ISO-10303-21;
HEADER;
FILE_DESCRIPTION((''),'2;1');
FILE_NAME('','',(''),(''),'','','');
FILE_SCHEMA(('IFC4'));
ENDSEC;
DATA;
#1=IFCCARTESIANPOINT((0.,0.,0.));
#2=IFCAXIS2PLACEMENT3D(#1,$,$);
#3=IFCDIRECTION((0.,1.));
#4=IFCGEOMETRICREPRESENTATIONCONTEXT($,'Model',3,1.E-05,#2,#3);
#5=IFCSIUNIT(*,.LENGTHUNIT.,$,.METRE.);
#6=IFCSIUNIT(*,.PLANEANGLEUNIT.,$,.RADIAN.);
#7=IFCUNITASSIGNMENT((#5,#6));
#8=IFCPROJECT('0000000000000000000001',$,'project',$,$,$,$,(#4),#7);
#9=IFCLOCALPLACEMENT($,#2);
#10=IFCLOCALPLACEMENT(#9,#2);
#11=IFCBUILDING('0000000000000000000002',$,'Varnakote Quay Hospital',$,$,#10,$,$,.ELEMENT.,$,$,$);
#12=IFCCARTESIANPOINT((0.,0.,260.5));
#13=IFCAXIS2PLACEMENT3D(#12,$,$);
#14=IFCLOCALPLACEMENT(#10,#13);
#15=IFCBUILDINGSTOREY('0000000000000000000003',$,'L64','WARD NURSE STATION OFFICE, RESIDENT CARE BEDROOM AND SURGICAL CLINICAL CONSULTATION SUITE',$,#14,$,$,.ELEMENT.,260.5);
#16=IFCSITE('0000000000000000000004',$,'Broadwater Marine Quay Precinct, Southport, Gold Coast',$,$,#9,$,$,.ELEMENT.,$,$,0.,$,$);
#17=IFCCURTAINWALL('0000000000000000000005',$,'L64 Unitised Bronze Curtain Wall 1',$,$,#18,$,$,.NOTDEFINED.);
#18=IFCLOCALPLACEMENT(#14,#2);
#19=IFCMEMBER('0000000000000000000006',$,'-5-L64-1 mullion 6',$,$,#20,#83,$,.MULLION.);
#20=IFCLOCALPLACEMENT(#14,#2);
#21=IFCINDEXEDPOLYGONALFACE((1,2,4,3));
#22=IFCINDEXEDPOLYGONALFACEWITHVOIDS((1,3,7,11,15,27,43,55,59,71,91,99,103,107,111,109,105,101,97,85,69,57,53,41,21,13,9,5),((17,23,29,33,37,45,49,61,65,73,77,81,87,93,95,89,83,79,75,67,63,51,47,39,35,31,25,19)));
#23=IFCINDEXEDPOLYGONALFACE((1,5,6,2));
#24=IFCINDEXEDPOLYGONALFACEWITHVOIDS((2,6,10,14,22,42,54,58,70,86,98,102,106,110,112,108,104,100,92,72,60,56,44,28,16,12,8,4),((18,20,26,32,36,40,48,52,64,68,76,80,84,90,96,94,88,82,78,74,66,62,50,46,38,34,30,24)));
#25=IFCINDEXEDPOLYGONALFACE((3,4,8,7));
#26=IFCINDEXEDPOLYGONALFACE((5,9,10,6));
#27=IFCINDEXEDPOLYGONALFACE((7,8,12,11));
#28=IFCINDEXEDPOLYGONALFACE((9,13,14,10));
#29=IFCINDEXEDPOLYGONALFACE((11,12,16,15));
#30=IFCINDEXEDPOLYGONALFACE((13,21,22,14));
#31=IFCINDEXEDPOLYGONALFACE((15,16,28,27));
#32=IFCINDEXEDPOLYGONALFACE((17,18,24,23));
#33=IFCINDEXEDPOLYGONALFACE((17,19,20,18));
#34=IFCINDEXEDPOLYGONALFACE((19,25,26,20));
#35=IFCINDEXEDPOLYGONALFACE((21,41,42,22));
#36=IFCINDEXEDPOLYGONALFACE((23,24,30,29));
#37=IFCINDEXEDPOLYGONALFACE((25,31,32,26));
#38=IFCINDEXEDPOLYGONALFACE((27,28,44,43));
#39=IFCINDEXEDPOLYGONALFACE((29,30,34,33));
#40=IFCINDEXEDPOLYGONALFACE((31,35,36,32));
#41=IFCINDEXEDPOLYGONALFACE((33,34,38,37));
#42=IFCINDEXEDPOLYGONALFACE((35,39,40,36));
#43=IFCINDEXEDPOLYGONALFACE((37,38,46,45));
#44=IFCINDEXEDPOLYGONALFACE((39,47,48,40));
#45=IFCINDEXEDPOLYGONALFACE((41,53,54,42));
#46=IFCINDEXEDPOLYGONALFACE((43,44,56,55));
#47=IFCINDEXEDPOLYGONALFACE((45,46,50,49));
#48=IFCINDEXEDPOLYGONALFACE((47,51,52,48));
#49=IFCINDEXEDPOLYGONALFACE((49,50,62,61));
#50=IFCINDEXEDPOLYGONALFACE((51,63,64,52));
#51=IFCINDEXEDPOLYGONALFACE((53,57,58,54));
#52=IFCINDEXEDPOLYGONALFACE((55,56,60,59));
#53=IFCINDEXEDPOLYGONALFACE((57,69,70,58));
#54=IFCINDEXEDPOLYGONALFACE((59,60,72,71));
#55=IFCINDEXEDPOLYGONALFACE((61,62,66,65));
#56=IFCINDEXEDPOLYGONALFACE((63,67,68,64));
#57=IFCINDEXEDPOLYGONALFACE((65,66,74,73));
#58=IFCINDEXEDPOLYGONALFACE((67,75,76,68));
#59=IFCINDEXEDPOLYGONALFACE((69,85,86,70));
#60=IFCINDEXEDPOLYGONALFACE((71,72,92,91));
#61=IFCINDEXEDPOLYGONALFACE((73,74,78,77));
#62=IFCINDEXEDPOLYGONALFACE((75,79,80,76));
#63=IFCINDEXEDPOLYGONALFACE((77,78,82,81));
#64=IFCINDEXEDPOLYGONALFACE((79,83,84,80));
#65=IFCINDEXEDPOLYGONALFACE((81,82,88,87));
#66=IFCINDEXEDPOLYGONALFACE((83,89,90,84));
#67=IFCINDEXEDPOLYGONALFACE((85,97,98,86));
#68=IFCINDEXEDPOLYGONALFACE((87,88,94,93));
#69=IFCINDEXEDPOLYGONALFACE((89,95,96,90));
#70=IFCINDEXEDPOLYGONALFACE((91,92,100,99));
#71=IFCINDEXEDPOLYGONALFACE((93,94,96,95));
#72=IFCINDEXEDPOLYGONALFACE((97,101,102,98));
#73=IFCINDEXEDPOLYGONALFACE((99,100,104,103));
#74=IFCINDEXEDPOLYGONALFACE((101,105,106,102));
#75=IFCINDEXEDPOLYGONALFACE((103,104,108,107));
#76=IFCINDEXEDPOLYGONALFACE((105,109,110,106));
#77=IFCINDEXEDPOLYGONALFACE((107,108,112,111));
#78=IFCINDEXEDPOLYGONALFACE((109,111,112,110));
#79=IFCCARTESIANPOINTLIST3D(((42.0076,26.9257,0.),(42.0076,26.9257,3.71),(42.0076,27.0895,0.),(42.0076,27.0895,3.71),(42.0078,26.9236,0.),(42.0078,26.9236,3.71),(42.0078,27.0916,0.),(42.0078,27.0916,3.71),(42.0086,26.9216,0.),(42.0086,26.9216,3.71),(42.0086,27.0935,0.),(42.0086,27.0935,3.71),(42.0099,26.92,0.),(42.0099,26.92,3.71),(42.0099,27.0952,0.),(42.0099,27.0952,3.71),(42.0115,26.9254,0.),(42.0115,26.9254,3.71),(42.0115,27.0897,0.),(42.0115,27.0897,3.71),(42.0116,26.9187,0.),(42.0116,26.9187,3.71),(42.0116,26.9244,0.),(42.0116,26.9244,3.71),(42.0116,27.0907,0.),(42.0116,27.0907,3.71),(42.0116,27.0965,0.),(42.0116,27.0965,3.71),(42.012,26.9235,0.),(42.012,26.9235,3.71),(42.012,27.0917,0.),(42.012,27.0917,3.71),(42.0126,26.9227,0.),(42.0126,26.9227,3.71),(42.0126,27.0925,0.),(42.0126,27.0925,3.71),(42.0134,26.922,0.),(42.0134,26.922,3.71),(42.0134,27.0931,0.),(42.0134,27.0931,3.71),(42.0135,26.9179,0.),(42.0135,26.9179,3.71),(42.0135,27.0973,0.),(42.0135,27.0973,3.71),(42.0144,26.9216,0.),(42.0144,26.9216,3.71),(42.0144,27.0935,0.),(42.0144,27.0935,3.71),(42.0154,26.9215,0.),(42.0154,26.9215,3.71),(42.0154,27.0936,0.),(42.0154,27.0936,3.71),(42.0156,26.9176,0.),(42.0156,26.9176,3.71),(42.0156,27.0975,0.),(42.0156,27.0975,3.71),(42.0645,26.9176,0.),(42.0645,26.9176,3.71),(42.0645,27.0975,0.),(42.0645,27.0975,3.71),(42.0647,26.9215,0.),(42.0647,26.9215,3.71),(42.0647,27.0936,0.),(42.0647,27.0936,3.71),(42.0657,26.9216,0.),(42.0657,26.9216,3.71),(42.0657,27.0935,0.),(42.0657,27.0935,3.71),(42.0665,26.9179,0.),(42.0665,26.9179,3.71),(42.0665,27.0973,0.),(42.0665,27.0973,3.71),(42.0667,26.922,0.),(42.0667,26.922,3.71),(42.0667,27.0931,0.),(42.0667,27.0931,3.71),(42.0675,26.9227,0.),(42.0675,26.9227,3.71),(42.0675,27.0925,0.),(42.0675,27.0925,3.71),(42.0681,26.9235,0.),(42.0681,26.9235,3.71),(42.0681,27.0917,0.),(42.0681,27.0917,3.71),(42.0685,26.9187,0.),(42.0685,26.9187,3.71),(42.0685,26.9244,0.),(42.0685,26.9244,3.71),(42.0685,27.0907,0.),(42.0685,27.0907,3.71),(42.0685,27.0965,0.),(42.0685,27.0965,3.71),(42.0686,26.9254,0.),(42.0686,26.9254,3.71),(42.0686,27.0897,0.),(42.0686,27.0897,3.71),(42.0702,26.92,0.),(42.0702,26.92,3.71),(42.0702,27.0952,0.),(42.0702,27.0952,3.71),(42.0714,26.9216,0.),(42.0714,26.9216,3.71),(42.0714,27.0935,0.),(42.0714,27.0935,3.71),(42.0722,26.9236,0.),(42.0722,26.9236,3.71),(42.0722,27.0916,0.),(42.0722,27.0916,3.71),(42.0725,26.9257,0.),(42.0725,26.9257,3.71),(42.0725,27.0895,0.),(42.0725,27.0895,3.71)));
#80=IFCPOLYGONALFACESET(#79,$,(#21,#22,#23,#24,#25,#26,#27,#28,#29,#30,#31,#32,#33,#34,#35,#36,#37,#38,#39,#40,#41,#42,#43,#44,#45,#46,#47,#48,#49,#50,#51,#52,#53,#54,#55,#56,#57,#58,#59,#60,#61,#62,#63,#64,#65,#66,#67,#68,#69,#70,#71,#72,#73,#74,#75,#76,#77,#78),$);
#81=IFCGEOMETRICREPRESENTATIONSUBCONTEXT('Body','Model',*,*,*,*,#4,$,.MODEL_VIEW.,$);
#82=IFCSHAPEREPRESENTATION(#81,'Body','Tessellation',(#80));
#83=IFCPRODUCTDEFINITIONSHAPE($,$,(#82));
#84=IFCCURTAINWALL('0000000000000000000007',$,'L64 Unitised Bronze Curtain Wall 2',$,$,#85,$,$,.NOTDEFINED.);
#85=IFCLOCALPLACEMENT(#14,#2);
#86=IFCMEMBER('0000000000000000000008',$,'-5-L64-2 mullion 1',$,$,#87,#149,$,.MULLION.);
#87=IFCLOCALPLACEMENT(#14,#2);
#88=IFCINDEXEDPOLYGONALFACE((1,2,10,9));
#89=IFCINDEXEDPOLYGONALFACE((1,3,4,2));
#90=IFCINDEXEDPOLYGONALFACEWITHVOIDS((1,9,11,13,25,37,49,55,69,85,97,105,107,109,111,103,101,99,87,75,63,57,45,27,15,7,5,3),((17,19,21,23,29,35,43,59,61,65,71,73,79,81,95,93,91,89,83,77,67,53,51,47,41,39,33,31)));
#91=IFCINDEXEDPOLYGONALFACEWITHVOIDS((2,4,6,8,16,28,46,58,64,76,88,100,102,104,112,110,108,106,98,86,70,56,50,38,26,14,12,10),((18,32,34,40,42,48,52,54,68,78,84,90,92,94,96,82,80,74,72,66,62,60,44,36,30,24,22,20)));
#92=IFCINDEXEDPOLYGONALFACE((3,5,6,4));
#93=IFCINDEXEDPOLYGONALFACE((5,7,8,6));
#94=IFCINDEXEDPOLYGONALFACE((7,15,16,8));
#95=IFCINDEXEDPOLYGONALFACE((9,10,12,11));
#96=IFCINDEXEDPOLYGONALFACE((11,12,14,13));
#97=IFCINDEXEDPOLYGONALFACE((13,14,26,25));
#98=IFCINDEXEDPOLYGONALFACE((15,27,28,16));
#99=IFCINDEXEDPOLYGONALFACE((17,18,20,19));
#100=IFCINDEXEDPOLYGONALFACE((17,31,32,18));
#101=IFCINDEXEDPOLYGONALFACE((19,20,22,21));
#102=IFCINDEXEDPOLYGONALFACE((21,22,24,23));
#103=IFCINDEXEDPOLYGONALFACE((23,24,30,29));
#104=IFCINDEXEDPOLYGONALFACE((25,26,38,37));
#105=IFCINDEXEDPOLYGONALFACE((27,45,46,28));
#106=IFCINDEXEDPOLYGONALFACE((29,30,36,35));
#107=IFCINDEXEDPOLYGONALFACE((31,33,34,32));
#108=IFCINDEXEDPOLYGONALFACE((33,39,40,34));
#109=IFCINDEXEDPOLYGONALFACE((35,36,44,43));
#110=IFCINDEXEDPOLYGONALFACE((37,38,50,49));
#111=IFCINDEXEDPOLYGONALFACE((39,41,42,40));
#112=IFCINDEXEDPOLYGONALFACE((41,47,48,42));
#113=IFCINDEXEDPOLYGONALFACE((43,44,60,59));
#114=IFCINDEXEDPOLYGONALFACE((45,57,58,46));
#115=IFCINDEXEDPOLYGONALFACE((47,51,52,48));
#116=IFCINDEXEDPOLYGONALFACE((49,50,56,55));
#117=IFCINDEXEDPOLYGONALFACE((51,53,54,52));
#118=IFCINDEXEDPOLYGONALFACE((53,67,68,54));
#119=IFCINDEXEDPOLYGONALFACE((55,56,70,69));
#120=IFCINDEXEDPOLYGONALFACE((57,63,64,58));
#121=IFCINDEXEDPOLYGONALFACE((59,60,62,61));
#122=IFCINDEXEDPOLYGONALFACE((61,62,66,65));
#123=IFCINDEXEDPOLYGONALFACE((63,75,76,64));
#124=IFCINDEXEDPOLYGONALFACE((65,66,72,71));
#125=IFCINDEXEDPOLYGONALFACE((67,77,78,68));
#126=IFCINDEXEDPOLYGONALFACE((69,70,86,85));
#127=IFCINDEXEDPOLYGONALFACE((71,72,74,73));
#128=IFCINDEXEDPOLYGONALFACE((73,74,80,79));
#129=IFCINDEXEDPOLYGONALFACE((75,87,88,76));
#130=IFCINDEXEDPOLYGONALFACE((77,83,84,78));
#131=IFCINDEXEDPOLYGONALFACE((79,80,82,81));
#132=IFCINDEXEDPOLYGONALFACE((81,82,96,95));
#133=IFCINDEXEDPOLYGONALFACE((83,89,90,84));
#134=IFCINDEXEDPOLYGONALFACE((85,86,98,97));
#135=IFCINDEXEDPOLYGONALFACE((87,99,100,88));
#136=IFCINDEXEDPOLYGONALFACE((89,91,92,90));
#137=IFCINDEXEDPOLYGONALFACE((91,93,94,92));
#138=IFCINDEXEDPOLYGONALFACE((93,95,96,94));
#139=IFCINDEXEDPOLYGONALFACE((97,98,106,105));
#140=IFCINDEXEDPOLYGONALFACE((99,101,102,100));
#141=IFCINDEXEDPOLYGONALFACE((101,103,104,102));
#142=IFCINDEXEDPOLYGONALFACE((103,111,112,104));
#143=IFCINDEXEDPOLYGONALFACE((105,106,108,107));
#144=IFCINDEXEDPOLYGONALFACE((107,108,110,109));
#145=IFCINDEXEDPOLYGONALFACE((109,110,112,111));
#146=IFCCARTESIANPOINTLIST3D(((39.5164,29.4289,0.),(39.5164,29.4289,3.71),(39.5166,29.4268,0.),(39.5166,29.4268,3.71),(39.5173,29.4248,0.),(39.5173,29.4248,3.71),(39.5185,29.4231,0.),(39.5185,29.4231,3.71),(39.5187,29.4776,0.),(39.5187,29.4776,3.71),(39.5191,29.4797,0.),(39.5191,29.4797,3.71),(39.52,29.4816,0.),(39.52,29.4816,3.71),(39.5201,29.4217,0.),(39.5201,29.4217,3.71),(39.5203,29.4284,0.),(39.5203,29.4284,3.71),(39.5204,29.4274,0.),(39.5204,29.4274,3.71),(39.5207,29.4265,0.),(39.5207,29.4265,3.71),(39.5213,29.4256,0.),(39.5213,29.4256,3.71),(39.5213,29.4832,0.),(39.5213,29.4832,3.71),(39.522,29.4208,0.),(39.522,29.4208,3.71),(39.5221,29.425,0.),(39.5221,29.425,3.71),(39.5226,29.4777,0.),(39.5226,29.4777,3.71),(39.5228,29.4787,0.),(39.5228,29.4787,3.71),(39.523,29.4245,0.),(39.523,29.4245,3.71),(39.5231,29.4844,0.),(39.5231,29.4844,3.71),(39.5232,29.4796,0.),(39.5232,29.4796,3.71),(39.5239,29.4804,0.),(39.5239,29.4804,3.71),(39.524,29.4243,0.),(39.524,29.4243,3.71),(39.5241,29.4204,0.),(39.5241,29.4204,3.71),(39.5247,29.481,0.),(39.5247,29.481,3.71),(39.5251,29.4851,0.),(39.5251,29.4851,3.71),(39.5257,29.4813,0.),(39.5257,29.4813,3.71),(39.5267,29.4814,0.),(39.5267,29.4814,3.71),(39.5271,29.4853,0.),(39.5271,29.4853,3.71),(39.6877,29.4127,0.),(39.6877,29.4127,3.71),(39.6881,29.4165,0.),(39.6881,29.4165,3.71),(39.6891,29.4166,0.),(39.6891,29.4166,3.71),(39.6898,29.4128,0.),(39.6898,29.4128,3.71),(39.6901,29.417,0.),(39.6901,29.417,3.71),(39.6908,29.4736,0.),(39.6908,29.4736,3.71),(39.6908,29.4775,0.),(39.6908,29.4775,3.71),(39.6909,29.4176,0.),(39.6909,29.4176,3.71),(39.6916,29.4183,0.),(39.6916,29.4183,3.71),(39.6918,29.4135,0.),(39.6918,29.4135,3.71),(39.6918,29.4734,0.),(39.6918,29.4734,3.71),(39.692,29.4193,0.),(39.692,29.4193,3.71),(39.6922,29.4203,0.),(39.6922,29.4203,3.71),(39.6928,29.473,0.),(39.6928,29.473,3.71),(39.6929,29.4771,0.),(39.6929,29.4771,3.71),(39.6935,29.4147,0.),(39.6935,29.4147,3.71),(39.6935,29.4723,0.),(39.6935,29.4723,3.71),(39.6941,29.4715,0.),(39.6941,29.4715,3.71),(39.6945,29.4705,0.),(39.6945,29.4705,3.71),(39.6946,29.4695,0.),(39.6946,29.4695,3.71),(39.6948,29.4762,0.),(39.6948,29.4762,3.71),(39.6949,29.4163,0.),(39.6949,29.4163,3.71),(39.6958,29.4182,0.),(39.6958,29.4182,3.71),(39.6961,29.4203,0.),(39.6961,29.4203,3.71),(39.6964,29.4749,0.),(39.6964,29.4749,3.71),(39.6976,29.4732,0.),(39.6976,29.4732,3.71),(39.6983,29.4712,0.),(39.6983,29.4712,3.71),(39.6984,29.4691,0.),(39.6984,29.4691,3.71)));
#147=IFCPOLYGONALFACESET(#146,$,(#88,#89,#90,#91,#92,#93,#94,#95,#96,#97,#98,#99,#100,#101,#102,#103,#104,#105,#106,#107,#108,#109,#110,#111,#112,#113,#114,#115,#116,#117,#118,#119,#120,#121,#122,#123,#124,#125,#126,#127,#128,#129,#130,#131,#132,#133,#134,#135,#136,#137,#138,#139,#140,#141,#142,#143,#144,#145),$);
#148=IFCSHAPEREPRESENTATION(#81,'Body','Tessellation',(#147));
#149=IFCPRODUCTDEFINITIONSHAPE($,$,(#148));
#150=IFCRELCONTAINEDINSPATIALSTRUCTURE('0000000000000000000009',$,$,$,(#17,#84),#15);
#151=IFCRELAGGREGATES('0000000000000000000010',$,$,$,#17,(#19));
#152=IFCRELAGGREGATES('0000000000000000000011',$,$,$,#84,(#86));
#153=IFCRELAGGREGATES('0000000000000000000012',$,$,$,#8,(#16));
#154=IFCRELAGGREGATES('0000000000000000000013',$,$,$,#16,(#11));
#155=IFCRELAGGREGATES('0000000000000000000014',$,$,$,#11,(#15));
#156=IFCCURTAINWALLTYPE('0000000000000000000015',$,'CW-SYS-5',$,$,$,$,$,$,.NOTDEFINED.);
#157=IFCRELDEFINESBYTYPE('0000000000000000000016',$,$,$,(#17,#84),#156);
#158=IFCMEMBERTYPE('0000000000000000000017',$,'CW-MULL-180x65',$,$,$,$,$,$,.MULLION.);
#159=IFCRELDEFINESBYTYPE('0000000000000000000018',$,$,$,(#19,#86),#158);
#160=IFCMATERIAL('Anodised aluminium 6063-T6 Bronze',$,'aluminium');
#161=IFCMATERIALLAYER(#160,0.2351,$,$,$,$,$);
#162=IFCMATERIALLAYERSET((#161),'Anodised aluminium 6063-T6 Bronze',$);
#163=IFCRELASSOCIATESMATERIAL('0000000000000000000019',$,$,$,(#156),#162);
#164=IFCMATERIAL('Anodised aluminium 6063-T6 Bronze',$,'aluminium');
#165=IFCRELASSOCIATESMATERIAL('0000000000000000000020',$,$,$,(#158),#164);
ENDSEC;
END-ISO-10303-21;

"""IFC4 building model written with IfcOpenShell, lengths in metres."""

from ifc_helpers import new_model, si_unit, direction, frame, origin, origin_2d, place, context, subcontext, project, spatial, hollow_rectangle, extrude, material, layer, layer_set, material_profile, profile_set, type_object, element, aggregate, save


model = new_model("IFC4")

# Units and contexts
model_context = context("Model", 3, precision=1e-05, world=origin(), true_north=direction((0.0, 1.0)))
body_context = subcontext(model_context, "Body", "Model", "MODEL_VIEW")
ifc_project = project(units=[si_unit("LENGTHUNIT", "METRE"), si_unit("PLANEANGLEUNIT", "RADIAN")], contexts=[model_context])

# Site, building, storey
site_placement = place(None, origin())
site = spatial("IfcSite", under=ifc_project, at=site_placement, Name="Broadwater Marine Quay Precinct, Southport, Gold Coast", CompositionType="ELEMENT", RefElevation=0.0)
building_placement = place(site_placement, origin())
building = spatial("IfcBuilding", under=site, at=building_placement, Name="Varnakote Quay Hospital", CompositionType="ELEMENT")
storey_placement = place(building_placement, frame((0.0, 0.0, 260.5)))
storey = spatial("IfcBuildingStorey", under=building, at=storey_placement, Name="L64", Description="WARD NURSE STATION OFFICE, RESIDENT CARE BEDROOM AND SURGICAL CLINICAL CONSULTATION SUITE", CompositionType="ELEMENT", Elevation=260.5)

# Curtain wall, member
ifc_material_1 = material(Name="Anodised aluminium 6063-T6 Bronze", Category="aluminium")
ifc_layer_1 = layer(ifc_material_1, 0.2351)
ifc_layer_set_1 = layer_set([ifc_layer_1], Name="Anodised aluminium 6063-T6 Bronze")
curtain_wall_type = type_object("IfcCurtainWallType", Name="CW-SYS-5", PredefinedType="NOTDEFINED", material=ifc_layer_set_1)
curtain_wall_1_placement = place(storey_placement, origin())
curtain_wall_1 = element("IfcCurtainWall", 1, at=curtain_wall_1_placement, inside=storey, type_object=curtain_wall_type, Name="L64 Unitised Bronze Curtain Wall 1", PredefinedType="NOTDEFINED")
ifc_material_2 = material(Name="Anodised aluminium 6063-T6 Bronze", Category="aluminium")
ifc_material_profile_1 = material_profile(ifc_material_2, hollow_rectangle(XDim=0.0649, YDim=0.1799, WallThickness=0.0039, InnerFilletRadius=0.0039, OuterFilletRadius=0.0081, at=origin_2d()), Name="CW-MULL-180x65")
ifc_profile_set_1 = profile_set([ifc_material_profile_1], Name="Anodised aluminium 6063-T6 Bronze")
member_type_1 = type_object("IfcMemberType", Name="CW-MULL-180x65", PredefinedType="MULLION", material=ifc_profile_set_1)
member_1_placement = place(storey_placement, frame((42.04, 27.0076, 0.0), z_axis=(0.0, 0.0, 1.0), x_axis=(-1.0, 0.0, 0.0)))
member_1 = element("IfcMember", 2, at=member_1_placement, type_object=member_type_1, Name="-5-L64-1 mullion 6", PredefinedType="MULLION", context=body_context, shape_type="SweptSolid", body=[
    extrude(hollow_rectangle(XDim=0.0649, YDim=0.1799, WallThickness=0.0039, InnerFilletRadius=0.0039, OuterFilletRadius=0.0081, at=origin_2d()), origin(), (0.0, 0.0, 1.0), 3.71),
])

# Curtain wall, member
curtain_wall_2_placement = place(storey_placement, origin())
curtain_wall_2 = element("IfcCurtainWall", 3, at=curtain_wall_2_placement, inside=storey, type_object=curtain_wall_type, Name="L64 Unitised Bronze Curtain Wall 2", PredefinedType="NOTDEFINED")
member_2_placement = place(storey_placement, frame((39.6074, 29.449, 0.0), z_axis=(0.0, 0.0, 1.0), x_axis=(-0.047497, -0.998871, 0.0)))
member_2 = element("IfcMember", 4, at=member_2_placement, type_object=member_type_1, Name="-5-L64-2 mullion 1", PredefinedType="MULLION", context=body_context, shape_type="SweptSolid", body=[
    extrude(hollow_rectangle(XDim=0.0649, YDim=0.1799, WallThickness=0.0039, InnerFilletRadius=0.0039, OuterFilletRadius=0.0081, at=origin_2d()), origin(), (0.0, 0.0, 1.0), 3.71),
])

aggregate(curtain_wall_1, [member_1])
aggregate(curtain_wall_2, [member_2])

save(model, "model.ifc")
